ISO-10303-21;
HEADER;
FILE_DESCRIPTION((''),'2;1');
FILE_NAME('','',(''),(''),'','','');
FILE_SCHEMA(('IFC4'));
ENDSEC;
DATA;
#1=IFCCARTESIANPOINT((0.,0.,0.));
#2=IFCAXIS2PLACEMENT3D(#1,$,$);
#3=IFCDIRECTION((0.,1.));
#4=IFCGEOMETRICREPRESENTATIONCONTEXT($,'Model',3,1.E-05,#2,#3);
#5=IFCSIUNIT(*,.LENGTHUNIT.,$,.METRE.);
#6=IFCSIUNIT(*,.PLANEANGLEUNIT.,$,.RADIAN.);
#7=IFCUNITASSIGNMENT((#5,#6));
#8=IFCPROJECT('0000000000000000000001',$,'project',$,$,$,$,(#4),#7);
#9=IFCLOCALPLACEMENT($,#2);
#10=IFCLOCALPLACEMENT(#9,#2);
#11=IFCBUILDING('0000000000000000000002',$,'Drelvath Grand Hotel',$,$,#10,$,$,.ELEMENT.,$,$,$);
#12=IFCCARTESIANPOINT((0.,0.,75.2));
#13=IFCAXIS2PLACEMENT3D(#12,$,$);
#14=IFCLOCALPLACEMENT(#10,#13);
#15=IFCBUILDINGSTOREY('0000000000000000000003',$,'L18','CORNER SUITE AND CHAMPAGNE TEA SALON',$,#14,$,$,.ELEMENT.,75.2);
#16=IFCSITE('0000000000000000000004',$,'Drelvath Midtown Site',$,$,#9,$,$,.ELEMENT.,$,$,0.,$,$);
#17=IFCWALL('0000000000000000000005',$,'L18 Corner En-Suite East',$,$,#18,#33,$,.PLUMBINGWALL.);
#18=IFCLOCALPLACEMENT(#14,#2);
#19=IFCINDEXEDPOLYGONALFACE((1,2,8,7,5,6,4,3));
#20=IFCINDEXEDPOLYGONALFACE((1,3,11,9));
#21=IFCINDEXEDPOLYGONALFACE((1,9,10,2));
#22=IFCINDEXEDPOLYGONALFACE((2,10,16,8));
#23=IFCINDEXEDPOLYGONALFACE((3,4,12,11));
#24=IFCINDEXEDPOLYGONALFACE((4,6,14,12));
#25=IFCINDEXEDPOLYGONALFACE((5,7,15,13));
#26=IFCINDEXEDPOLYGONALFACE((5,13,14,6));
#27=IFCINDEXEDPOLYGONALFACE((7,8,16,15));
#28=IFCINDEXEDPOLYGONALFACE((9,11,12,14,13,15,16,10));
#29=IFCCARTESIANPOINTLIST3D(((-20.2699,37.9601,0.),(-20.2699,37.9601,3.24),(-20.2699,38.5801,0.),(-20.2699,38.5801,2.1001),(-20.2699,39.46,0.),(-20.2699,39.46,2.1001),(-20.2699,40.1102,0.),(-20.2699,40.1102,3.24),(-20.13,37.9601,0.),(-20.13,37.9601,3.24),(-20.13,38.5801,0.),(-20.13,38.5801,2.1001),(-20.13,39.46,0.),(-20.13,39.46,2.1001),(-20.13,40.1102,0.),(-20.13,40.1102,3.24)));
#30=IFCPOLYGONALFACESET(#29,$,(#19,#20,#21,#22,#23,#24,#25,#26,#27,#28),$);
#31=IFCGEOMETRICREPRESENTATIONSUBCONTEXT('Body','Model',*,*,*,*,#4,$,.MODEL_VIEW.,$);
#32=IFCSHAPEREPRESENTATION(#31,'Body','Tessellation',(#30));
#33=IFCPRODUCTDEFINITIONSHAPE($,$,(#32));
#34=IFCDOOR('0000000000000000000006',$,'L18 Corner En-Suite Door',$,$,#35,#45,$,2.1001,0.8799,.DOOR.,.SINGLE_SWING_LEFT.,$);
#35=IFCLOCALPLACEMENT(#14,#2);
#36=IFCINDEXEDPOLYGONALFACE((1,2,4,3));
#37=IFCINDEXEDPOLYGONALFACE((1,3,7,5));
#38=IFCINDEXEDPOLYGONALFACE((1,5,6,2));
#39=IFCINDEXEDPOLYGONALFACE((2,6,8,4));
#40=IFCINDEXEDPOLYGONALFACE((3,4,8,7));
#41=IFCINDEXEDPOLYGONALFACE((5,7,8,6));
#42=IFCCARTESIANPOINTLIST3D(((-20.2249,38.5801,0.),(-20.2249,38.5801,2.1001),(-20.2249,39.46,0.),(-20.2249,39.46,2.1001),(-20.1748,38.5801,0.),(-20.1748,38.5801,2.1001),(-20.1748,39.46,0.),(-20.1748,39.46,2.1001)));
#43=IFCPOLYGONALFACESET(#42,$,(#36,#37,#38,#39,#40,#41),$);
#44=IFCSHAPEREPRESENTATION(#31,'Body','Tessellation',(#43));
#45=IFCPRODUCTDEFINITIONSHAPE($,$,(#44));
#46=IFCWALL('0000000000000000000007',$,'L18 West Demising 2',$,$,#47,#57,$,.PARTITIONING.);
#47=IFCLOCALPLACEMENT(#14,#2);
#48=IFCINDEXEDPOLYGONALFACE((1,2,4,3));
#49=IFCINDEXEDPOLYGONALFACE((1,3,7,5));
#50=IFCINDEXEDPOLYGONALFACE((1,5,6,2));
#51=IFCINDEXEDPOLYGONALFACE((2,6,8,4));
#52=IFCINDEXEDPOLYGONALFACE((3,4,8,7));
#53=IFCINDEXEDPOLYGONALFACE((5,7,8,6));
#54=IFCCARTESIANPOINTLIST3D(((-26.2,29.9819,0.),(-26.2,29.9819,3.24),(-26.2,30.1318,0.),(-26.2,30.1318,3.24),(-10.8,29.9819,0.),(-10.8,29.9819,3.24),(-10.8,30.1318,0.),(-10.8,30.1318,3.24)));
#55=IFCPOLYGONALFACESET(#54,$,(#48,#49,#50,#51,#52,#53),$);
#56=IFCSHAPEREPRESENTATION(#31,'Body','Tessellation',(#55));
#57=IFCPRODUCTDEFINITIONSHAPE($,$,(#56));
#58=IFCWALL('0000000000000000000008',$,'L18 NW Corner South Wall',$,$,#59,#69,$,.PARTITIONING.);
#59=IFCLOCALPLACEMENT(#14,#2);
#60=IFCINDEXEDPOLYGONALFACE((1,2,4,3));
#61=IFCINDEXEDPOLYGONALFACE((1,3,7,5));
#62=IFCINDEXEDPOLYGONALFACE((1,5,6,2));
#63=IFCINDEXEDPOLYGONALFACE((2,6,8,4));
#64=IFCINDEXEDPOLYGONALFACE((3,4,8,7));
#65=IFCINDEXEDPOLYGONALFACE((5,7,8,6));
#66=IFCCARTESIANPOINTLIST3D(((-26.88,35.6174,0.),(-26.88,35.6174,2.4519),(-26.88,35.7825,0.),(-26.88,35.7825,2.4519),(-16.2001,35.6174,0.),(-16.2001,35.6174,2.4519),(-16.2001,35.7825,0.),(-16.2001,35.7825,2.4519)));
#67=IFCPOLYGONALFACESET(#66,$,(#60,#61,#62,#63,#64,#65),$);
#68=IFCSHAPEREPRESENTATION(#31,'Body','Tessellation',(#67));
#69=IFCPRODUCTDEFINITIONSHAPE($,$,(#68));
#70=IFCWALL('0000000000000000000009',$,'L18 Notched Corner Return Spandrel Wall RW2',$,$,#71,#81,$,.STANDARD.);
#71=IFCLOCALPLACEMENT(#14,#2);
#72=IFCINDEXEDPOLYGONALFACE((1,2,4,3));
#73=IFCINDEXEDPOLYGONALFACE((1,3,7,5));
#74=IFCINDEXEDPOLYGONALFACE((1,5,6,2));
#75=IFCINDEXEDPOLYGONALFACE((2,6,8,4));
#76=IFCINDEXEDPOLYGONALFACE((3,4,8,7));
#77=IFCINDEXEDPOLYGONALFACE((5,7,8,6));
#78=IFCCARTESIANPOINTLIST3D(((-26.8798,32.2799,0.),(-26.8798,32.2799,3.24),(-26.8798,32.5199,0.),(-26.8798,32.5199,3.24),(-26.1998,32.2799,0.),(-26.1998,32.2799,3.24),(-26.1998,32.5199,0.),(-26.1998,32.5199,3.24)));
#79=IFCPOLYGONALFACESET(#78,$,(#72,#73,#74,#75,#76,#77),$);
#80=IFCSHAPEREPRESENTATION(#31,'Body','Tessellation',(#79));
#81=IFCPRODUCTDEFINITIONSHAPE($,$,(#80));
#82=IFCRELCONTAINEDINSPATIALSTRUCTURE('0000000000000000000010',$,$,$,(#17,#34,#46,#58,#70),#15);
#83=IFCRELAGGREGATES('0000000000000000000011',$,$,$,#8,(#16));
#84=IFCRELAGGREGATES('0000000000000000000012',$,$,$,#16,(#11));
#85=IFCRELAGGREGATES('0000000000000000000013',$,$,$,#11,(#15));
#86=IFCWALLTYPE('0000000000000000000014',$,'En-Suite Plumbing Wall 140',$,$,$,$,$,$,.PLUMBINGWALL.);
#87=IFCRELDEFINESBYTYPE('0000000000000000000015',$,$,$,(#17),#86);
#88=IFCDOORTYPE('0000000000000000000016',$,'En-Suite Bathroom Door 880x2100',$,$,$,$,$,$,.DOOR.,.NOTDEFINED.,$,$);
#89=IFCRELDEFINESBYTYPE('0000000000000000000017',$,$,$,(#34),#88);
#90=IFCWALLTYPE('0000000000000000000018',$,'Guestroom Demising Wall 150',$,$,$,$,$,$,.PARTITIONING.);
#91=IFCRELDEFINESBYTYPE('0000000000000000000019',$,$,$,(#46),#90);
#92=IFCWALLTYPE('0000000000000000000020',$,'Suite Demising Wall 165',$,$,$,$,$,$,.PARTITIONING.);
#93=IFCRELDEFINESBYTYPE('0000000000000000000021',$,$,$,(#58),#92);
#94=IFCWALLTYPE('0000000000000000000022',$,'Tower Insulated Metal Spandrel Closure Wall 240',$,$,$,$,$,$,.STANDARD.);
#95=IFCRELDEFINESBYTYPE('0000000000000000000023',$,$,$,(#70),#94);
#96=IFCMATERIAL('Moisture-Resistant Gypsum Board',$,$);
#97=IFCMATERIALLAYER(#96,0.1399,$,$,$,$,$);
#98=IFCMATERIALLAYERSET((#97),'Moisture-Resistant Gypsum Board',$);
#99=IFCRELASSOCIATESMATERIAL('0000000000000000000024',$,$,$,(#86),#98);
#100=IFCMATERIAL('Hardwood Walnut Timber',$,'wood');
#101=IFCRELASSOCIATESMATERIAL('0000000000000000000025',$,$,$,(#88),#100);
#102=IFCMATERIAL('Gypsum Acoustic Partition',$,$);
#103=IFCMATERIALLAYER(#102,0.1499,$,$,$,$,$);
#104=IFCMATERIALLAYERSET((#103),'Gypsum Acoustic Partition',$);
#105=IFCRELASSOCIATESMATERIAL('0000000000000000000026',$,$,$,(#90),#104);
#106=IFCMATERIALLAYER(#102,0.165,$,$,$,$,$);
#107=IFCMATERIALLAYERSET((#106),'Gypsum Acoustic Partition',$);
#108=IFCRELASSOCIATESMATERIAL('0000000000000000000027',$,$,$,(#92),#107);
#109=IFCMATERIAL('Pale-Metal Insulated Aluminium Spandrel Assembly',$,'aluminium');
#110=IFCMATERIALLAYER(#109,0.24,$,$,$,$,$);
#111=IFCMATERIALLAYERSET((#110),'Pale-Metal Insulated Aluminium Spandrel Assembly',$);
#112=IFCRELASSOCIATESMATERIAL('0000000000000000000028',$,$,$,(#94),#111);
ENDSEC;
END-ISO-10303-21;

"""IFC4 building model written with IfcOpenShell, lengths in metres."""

from ifc_helpers import new_model, si_unit, direction, frame, frame_2d, origin, place, context, subcontext, project, spatial, rectangle, extrude, material, layer, layer_set, type_object, element, fill, save


model = new_model("IFC4")

# Units and contexts
model_context = context("Model", 3, precision=1e-05, world=origin(), true_north=direction((0.0, 1.0)))
body_context = subcontext(model_context, "Body", "Model", "MODEL_VIEW")
ifc_project = project(units=[si_unit("LENGTHUNIT", "METRE"), si_unit("PLANEANGLEUNIT", "RADIAN")], contexts=[model_context])

# Site, building, storey
site_placement = place(None, origin())
site = spatial("IfcSite", under=ifc_project, at=site_placement, Name="Drelvath Midtown Site", CompositionType="ELEMENT", RefElevation=0.0)
building_placement = place(site_placement, origin())
building = spatial("IfcBuilding", under=site, at=building_placement, Name="Drelvath Grand Hotel", CompositionType="ELEMENT")
storey_placement = place(building_placement, frame((0.0, 0.0, 75.2)))
storey = spatial("IfcBuildingStorey", under=building, at=storey_placement, Name="L18", Description="CORNER SUITE AND CHAMPAGNE TEA SALON", CompositionType="ELEMENT", Elevation=75.2)

# Shared definitions
ifc_material_1 = material(Name="Moisture-Resistant Gypsum Board")
ifc_layer_1 = layer(ifc_material_1, 0.1399)
ifc_layer_set_1 = layer_set([ifc_layer_1], Name="Moisture-Resistant Gypsum Board")
wall_type_1 = type_object("IfcWallType", Name="En-Suite Plumbing Wall 140", PredefinedType="PLUMBINGWALL", material=ifc_layer_set_1)

# Wall, opening, door
wall_1_placement = place(storey_placement, frame((-20.2, 37.96, 0.0), z_axis=(0.0, 0.0, 1.0), x_axis=(0.0, 1.0, 0.0)))
wall_1 = element("IfcWall", 1, at=wall_1_placement, inside=storey, type_object=wall_type_1, Name="L18 Corner En-Suite East", PredefinedType="PLUMBINGWALL", context=body_context, shape_type="SweptSolid", body=[
    extrude(rectangle(XDim=2.1501, YDim=0.1399, at=frame_2d((1.0752, 0.0))), origin(), (0.0, 0.0, 1.0), 3.24),
])
opening_placement = place(wall_1_placement, frame((0.6201, 0.0, 0.0)))
opening = element("IfcOpeningElement", 2, at=opening_placement, cuts=wall_1, PredefinedType="OPENING", context=body_context, shape_type="SweptSolid", body=[
    extrude(rectangle(XDim=0.8799, YDim=2.1001, at=frame_2d((0.4399, 1.05))), frame((0.0, 0.0798, 0.0), z_axis=(0.0, -1.0, 0.0), x_axis=(1.0, 0.0, 0.0)), (0.0, 0.0, 1.0), 0.1599),
])
ifc_material_2 = material(Name="Hardwood Walnut Timber", Category="wood")
door_type = type_object("IfcDoorType", Name="En-Suite Bathroom Door 880x2100", OperationType="NOTDEFINED", PredefinedType="DOOR", material=ifc_material_2)
door_placement = place(opening_placement, origin())
door = element("IfcDoor", 3, at=door_placement, inside=storey, type_object=door_type, Name="L18 Corner En-Suite Door", OperationType="SINGLE_SWING_LEFT", OverallHeight=2.1001, OverallWidth=0.8799, PredefinedType="DOOR", context=body_context, shape_type="SweptSolid", body=[
    extrude(rectangle(XDim=0.8799, YDim=2.1001, at=frame_2d((0.4399, 1.05))), frame((0.0, 0.0249, 0.0), z_axis=(0.0, -1.0, 0.0), x_axis=(1.0, 0.0, 0.0)), (0.0, 0.0, 1.0), 0.05),
])
fill(opening, door)

# Walls
ifc_material_3 = material(Name="Gypsum Acoustic Partition")
ifc_layer_2 = layer(ifc_material_3, 0.1499)
ifc_layer_set_2 = layer_set([ifc_layer_2], Name="Gypsum Acoustic Partition")
wall_type_2 = type_object("IfcWallType", Name="Guestroom Demising Wall 150", PredefinedType="PARTITIONING", material=ifc_layer_set_2)
wall_2_placement = place(storey_placement, frame((-26.2, 30.0569, 0.0), z_axis=(0.0, 0.0, 1.0), x_axis=(1.0, 0.0, 0.0)))
element("IfcWall", 4, at=wall_2_placement, inside=storey, type_object=wall_type_2, Name="L18 West Demising 2", PredefinedType="PARTITIONING", context=body_context, shape_type="SweptSolid", body=[
    extrude(rectangle(XDim=15.3999, YDim=0.1499, at=frame_2d((7.7, 0.0))), origin(), (0.0, 0.0, 1.0), 3.24),
])
ifc_layer_3 = layer(ifc_material_3, 0.165)
ifc_layer_set_3 = layer_set([ifc_layer_3], Name="Gypsum Acoustic Partition")
wall_type_3 = type_object("IfcWallType", Name="Suite Demising Wall 165", PredefinedType="PARTITIONING", material=ifc_layer_set_3)
wall_3_placement = place(storey_placement, frame((-26.8799, 35.7, 0.0), z_axis=(0.0, 0.0, 1.0), x_axis=(1.0, 0.0, 0.0)))
element("IfcWall", 5, at=wall_3_placement, inside=storey, type_object=wall_type_3, Name="L18 NW Corner South Wall", PredefinedType="PARTITIONING", context=body_context, shape_type="SweptSolid", body=[
    extrude(rectangle(XDim=10.6799, YDim=0.165, at=frame_2d((5.3398, 0.0))), origin(), (0.0, 0.0, 1.0), 2.4519),
])
ifc_material_4 = material(Name="Pale-Metal Insulated Aluminium Spandrel Assembly", Category="aluminium")
ifc_layer_4 = layer(ifc_material_4, 0.24)
ifc_layer_set_4 = layer_set([ifc_layer_4], Name="Pale-Metal Insulated Aluminium Spandrel Assembly")
wall_type_4 = type_object("IfcWallType", Name="Tower Insulated Metal Spandrel Closure Wall 240", PredefinedType="STANDARD", material=ifc_layer_set_4)
wall_4_placement = place(storey_placement, frame((-26.2, 32.3999, 0.0), z_axis=(0.0, 0.0, 1.0), x_axis=(-1.0, 0.0, 0.0)))
element("IfcWall", 6, at=wall_4_placement, inside=storey, type_object=wall_type_4, Name="L18 Notched Corner Return Spandrel Wall RW2", PredefinedType="STANDARD", context=body_context, shape_type="SweptSolid", body=[
    extrude(rectangle(XDim=0.6799, YDim=0.24, at=frame_2d((0.3398, 0.0))), origin(), (0.0, 0.0, 1.0), 3.24),
])

save(model, "model.ifc")
